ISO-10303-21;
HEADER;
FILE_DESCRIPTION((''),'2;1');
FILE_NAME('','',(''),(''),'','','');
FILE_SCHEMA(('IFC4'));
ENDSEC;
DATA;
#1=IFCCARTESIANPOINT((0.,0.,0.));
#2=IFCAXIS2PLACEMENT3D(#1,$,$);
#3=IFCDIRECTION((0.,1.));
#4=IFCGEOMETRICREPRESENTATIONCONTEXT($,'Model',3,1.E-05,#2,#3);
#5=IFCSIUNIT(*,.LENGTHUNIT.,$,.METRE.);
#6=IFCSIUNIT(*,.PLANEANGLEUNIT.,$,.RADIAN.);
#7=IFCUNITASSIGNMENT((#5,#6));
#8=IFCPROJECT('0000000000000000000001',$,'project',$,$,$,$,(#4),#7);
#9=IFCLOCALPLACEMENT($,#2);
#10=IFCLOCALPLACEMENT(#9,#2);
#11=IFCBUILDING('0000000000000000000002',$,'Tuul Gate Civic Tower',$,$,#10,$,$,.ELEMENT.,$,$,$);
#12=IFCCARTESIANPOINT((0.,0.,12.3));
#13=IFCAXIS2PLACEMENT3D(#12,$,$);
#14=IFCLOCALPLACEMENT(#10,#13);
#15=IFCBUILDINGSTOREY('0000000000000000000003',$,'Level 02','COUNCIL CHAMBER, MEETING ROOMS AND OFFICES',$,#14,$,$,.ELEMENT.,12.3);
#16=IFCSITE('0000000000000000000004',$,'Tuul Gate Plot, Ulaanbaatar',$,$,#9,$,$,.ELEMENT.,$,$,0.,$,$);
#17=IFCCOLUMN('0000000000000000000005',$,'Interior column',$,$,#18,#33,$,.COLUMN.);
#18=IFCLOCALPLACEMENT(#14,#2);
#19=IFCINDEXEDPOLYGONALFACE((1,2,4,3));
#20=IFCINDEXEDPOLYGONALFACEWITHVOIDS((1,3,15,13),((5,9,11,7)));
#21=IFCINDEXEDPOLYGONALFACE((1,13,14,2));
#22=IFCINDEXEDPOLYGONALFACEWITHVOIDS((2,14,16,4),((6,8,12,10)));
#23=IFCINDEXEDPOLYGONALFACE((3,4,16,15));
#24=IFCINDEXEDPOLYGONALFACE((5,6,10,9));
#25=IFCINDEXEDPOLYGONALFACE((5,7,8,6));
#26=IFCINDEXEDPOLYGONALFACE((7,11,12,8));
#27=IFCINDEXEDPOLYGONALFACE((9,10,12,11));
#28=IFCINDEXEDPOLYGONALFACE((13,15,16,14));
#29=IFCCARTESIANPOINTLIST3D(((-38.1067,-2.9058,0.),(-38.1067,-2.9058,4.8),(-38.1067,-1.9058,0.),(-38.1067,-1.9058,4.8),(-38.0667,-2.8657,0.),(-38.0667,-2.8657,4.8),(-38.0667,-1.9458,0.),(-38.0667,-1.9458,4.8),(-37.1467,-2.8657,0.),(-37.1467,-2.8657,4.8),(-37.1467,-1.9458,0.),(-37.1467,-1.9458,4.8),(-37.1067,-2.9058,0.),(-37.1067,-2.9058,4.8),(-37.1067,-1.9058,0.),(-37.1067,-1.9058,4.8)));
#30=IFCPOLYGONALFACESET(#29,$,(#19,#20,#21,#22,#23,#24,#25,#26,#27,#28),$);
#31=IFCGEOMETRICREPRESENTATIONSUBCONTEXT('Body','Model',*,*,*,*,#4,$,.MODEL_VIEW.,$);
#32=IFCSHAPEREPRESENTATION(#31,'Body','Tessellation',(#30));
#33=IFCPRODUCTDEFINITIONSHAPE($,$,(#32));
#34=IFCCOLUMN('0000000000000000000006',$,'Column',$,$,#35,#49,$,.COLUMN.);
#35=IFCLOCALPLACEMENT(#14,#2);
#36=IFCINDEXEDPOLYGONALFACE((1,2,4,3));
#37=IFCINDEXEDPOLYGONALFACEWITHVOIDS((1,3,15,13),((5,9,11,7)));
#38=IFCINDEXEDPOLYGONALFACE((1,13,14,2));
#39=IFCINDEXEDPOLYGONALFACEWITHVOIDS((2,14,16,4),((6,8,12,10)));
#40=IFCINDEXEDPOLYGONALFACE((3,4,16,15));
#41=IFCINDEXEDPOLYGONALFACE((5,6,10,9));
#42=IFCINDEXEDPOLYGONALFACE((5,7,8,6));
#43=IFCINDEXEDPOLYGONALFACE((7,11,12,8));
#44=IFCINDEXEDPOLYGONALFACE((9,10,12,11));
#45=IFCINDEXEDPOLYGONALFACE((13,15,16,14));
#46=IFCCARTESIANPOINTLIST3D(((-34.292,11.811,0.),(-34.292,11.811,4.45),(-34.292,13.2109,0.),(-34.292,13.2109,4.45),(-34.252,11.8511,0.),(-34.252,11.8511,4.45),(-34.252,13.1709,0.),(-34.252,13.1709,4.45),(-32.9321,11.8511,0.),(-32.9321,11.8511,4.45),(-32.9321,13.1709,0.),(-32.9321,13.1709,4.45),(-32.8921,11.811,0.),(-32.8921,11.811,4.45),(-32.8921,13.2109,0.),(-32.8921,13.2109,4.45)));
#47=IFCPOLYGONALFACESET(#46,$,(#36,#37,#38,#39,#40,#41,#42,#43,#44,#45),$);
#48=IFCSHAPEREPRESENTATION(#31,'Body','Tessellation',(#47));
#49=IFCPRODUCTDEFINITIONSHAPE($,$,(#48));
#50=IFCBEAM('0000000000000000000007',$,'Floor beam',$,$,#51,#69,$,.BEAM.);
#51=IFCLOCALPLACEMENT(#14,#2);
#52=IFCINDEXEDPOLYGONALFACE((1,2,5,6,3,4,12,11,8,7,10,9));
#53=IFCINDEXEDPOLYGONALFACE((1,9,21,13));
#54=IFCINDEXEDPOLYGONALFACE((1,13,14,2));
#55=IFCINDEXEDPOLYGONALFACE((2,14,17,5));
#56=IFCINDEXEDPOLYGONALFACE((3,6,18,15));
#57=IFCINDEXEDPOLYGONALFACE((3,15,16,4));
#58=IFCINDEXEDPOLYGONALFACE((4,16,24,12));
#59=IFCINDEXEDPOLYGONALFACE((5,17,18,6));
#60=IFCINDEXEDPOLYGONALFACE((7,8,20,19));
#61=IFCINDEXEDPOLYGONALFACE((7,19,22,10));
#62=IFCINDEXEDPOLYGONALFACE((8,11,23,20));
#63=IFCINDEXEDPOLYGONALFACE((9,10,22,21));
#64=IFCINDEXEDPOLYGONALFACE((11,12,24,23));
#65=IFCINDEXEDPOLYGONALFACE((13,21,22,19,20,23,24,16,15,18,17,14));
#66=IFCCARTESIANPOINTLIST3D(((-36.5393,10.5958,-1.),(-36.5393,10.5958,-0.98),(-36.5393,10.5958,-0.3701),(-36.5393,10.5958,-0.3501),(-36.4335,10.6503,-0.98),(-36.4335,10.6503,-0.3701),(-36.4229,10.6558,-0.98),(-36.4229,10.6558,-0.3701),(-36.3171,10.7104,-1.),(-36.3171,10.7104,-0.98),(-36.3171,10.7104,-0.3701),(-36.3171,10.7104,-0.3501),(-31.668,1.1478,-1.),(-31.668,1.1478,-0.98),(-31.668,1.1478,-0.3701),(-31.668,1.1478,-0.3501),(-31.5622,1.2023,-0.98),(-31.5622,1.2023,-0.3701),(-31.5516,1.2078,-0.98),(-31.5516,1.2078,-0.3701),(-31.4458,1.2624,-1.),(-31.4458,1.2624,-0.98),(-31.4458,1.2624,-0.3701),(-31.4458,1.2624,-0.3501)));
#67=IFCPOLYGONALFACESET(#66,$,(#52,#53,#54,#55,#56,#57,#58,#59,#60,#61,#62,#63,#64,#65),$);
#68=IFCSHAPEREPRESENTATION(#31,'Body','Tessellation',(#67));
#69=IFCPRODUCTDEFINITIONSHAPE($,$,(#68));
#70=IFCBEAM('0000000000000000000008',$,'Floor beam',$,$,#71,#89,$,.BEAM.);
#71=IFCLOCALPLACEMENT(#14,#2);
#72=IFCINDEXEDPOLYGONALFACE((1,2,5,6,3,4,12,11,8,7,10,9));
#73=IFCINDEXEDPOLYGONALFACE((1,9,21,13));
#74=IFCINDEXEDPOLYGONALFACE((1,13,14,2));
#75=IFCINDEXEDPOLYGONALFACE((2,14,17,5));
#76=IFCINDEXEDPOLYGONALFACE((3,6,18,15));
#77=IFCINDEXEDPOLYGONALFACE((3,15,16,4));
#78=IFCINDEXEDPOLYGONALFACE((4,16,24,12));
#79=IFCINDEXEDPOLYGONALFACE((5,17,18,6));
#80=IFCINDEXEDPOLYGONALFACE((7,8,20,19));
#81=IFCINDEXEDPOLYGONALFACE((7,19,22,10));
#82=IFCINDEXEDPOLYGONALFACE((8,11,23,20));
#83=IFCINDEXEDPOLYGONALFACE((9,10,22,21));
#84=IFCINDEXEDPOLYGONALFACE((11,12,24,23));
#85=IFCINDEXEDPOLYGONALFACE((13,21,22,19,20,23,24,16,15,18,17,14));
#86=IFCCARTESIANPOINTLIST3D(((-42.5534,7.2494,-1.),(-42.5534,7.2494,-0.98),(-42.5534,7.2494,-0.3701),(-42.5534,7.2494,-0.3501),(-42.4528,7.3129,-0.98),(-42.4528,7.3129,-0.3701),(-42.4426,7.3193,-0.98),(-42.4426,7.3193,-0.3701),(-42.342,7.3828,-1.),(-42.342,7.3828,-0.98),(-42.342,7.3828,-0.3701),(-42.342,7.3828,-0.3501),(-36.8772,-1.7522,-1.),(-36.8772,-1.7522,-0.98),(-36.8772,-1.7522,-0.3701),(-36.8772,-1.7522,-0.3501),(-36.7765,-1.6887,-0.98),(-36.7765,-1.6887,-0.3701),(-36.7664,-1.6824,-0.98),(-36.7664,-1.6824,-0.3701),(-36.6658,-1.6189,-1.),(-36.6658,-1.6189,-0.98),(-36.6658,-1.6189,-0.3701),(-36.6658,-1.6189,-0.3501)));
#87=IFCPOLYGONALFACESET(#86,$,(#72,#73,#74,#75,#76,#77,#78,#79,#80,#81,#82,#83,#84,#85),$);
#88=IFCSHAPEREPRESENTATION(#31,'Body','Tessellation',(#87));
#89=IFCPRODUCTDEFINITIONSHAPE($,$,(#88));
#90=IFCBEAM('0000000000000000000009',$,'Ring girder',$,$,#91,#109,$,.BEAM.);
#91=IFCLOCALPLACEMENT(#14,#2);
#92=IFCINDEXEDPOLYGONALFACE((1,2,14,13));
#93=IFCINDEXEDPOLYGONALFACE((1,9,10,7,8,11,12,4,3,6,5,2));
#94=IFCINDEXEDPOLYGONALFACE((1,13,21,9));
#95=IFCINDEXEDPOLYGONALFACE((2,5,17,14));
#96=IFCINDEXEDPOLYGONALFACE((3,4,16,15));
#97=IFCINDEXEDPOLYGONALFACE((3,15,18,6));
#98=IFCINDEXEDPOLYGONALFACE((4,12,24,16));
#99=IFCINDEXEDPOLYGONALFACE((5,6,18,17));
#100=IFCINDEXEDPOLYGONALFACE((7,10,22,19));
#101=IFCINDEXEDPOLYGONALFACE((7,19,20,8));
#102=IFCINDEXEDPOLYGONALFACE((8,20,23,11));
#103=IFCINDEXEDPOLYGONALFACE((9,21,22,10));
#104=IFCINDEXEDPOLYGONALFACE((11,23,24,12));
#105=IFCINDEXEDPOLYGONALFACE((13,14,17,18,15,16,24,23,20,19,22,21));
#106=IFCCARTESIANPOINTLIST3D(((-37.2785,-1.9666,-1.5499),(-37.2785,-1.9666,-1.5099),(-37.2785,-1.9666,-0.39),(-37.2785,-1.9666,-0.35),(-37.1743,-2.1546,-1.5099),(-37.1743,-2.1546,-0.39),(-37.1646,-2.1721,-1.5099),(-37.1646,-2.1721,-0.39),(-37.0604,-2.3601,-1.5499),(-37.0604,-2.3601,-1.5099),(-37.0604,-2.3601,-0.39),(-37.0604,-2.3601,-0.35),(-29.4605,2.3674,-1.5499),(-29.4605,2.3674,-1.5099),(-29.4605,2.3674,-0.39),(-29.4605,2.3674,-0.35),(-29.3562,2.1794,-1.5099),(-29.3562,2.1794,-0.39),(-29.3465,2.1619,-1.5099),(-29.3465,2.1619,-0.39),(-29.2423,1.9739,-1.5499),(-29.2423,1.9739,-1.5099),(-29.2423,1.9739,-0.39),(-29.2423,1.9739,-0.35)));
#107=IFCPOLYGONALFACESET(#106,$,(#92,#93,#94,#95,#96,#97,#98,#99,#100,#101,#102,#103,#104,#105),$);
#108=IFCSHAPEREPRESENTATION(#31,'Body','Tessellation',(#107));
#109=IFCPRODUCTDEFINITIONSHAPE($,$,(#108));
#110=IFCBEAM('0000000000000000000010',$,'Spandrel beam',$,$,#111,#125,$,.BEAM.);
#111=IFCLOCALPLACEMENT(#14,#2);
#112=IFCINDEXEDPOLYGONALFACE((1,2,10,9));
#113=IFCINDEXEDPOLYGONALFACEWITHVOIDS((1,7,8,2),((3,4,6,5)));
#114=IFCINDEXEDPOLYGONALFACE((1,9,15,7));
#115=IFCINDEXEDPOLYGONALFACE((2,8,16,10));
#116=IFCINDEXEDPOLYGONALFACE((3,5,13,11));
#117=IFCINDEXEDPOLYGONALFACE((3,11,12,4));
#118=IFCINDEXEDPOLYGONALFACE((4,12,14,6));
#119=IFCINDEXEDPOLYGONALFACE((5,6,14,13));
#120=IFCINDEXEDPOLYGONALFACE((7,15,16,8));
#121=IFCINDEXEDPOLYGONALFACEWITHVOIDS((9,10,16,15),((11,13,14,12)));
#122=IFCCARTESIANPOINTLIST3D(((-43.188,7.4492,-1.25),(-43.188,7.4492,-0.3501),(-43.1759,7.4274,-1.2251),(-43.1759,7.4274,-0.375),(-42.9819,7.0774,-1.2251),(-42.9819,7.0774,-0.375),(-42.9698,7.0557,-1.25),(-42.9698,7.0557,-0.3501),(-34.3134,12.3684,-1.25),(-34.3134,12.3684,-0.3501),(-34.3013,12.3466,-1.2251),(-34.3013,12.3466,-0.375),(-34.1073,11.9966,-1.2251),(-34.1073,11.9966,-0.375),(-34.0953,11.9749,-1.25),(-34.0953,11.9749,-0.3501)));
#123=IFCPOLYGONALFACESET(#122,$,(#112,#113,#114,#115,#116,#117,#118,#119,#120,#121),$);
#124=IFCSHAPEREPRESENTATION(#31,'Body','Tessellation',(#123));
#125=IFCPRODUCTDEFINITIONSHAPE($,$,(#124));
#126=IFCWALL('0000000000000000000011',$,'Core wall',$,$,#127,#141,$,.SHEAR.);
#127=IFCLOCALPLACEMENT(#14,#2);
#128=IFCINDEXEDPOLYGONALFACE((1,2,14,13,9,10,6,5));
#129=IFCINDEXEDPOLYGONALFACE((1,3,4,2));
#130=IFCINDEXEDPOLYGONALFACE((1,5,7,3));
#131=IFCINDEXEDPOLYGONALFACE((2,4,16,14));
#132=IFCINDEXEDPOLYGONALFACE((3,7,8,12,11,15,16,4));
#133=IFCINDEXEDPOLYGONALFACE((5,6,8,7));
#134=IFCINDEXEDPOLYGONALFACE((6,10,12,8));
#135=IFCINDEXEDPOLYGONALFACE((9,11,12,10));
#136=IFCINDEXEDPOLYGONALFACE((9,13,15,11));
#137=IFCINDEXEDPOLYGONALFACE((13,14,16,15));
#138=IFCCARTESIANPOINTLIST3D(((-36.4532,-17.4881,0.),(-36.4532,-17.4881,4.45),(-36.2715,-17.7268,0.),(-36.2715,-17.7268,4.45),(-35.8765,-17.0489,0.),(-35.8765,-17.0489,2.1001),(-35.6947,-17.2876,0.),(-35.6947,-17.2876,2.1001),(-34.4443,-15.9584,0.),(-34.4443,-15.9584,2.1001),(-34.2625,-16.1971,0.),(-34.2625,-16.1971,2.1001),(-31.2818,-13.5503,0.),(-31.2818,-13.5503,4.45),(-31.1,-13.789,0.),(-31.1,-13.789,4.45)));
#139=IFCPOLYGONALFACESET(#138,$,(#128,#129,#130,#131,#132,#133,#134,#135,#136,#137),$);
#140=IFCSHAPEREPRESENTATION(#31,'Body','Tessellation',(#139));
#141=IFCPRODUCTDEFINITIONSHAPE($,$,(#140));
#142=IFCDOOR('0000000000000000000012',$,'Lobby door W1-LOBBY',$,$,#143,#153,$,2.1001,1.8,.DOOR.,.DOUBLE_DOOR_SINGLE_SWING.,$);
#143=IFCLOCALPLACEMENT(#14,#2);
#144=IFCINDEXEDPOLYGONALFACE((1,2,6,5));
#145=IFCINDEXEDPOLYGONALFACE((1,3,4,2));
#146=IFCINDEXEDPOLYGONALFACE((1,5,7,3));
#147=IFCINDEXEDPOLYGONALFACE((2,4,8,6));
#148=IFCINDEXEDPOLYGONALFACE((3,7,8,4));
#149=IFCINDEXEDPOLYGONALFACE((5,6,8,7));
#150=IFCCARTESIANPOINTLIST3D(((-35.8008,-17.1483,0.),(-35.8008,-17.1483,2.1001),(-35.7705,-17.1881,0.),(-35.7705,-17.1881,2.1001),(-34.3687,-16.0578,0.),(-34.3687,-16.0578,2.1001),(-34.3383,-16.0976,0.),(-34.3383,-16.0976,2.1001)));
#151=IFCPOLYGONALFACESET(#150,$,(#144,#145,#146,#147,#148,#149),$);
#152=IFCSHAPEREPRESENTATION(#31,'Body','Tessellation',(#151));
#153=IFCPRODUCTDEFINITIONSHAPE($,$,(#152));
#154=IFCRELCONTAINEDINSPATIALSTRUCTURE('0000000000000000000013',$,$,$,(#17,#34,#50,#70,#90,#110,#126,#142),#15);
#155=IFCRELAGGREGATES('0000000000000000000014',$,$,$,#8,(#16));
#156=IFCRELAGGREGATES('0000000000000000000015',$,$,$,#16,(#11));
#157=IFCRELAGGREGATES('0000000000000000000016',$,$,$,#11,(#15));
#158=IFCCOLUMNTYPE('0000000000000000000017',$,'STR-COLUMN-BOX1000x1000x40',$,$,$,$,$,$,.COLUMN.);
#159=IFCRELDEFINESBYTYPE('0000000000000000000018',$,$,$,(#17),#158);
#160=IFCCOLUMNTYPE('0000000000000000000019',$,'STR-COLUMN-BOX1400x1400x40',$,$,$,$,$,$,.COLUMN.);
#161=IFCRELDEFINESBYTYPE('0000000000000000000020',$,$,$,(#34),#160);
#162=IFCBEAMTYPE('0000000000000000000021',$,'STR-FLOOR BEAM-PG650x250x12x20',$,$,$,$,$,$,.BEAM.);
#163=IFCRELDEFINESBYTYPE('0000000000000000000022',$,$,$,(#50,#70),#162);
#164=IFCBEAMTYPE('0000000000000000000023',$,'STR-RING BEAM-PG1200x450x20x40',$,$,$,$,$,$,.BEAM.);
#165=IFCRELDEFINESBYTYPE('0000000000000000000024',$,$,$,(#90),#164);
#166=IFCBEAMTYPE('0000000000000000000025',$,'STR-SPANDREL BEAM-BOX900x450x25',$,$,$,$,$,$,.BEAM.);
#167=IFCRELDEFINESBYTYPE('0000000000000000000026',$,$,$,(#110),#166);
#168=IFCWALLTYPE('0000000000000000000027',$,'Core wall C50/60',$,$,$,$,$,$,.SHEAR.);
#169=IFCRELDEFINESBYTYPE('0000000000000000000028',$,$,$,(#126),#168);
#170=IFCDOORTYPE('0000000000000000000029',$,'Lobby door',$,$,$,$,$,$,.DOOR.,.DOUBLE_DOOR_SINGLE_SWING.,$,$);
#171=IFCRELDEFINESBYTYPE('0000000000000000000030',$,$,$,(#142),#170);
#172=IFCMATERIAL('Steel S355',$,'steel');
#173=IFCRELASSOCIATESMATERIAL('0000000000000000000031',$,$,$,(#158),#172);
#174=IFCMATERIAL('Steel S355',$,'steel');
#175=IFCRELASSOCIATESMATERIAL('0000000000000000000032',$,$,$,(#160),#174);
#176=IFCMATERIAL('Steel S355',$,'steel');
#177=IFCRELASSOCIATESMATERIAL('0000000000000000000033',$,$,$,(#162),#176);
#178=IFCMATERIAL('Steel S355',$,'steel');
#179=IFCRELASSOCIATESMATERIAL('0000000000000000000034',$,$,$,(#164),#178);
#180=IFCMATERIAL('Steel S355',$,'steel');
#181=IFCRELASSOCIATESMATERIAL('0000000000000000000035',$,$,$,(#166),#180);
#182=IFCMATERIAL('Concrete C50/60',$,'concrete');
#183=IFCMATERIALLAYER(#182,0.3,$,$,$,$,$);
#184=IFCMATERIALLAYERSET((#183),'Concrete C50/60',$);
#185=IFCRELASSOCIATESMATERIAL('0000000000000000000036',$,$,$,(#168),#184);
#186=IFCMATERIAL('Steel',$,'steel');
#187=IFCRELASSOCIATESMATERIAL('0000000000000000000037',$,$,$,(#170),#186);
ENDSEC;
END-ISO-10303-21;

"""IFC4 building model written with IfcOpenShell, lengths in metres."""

from ifc_helpers import new_model, si_unit, direction, frame, frame_2d, origin, origin_2d, place, context, subcontext, project, spatial, rectangle, hollow_rectangle, i_section, extrude, material, layer, layer_set, material_profile, profile_set, type_object, element, fill, save


model = new_model("IFC4")

# Units and contexts
model_context = context("Model", 3, precision=1e-05, world=origin(), true_north=direction((0.0, 1.0)))
body_context = subcontext(model_context, "Body", "Model", "MODEL_VIEW")
ifc_project = project(units=[si_unit("LENGTHUNIT", "METRE"), si_unit("PLANEANGLEUNIT", "RADIAN")], contexts=[model_context])

# Site, building, storey
site_placement = place(None, origin())
site = spatial("IfcSite", under=ifc_project, at=site_placement, Name="Tuul Gate Plot, Ulaanbaatar", CompositionType="ELEMENT", RefElevation=0.0)
building_placement = place(site_placement, origin())
building = spatial("IfcBuilding", under=site, at=building_placement, Name="Tuul Gate Civic Tower", CompositionType="ELEMENT")
storey_placement = place(building_placement, frame((0.0, 0.0, 12.3)))
storey = spatial("IfcBuildingStorey", under=building, at=storey_placement, Name="Level 02", Description="COUNCIL CHAMBER, MEETING ROOMS AND OFFICES", CompositionType="ELEMENT", Elevation=12.3)

# Columns
ifc_material_1 = material(Name="Steel S355", Category="steel")
ifc_material_profile_1 = material_profile(ifc_material_1, hollow_rectangle(XDim=1.0, YDim=1.0, WallThickness=0.04, at=origin_2d()), Name="BOX1000x1000x40")
ifc_profile_set_1 = profile_set([ifc_material_profile_1], Name="Steel S355")
column_type_1 = type_object("IfcColumnType", Name="STR-COLUMN-BOX1000x1000x40", PredefinedType="COLUMN", material=ifc_profile_set_1)
column_1_placement = place(storey_placement, frame((-37.6067, -2.4058, 0.0), z_axis=(0.0, 0.0, 1.0), x_axis=(1.0, 0.0, 0.0)))
element("IfcColumn", 1, at=column_1_placement, inside=storey, type_object=column_type_1, Name="Interior column", PredefinedType="COLUMN", context=body_context, shape_type="SweptSolid", body=[
    extrude(hollow_rectangle(XDim=1.0, YDim=1.0, WallThickness=0.04, at=origin_2d()), origin(), (0.0, 0.0, 1.0), 4.8),
])
ifc_material_2 = material(Name="Steel S355", Category="steel")
ifc_material_profile_2 = material_profile(ifc_material_2, hollow_rectangle(XDim=1.3999, YDim=1.3999, WallThickness=0.04, at=origin_2d()), Name="BOX1400x1400x40")
ifc_profile_set_2 = profile_set([ifc_material_profile_2], Name="Steel S355")
column_type_2 = type_object("IfcColumnType", Name="STR-COLUMN-BOX1400x1400x40", PredefinedType="COLUMN", material=ifc_profile_set_2)
column_2_placement = place(storey_placement, frame((-33.592, 12.511, 0.0), z_axis=(0.0, 0.0, 1.0), x_axis=(1.0, 0.0, 0.0)))
element("IfcColumn", 2, at=column_2_placement, inside=storey, type_object=column_type_2, Name="Column", PredefinedType="COLUMN", context=body_context, shape_type="SweptSolid", body=[
    extrude(hollow_rectangle(XDim=1.3999, YDim=1.3999, WallThickness=0.04, at=origin_2d()), origin(), (0.0, 0.0, 1.0), 4.45),
])

# Beams
ifc_material_3 = material(Name="Steel S355", Category="steel")
ifc_material_profile_3 = material_profile(ifc_material_3, i_section(OverallWidth=0.25, OverallDepth=0.6499, WebThickness=0.012, FlangeThickness=0.02, at=origin_2d()), Name="PG650x250x12x20")
ifc_profile_set_3 = profile_set([ifc_material_profile_3], Name="Steel S355")
beam_type_1 = type_object("IfcBeamType", Name="STR-FLOOR BEAM-PG650x250x12x20", PredefinedType="BEAM", material=ifc_profile_set_3)
beam_1_placement = place(storey_placement, frame((-31.5569, 1.2051, -0.675), z_axis=(-0.458268, 0.888814, 0.0), x_axis=(-0.888814, -0.458268, 0.0)))
element("IfcBeam", 3, at=beam_1_placement, inside=storey, type_object=beam_type_1, Name="Floor beam", PredefinedType="BEAM", context=body_context, shape_type="SweptSolid", body=[
    extrude(i_section(OverallWidth=0.25, OverallDepth=0.6499, WebThickness=0.012, FlangeThickness=0.02, at=origin_2d()), origin(), (0.0, 0.0, 1.0), 10.6299),
])
beam_2_placement = place(storey_placement, frame((-36.7715, -1.6855, -0.675), z_axis=(-0.533387, 0.845871, 0.0), x_axis=(-0.845871, -0.533387, 0.0)))
element("IfcBeam", 4, at=beam_2_placement, inside=storey, type_object=beam_type_1, Name="Floor beam", PredefinedType="BEAM", context=body_context, shape_type="SweptSolid", body=[
    extrude(i_section(OverallWidth=0.25, OverallDepth=0.6499, WebThickness=0.012, FlangeThickness=0.02, at=origin_2d()), origin(), (0.0, 0.0, 1.0), 10.6418),
])
ifc_material_4 = material(Name="Steel S355", Category="steel")
ifc_material_profile_4 = material_profile(ifc_material_4, i_section(OverallWidth=0.45, OverallDepth=1.2, WebThickness=0.02, FlangeThickness=0.04, at=origin_2d()), Name="PG1200x450x20x40")
ifc_profile_set_4 = profile_set([ifc_material_profile_4], Name="Steel S355")
beam_type_2 = type_object("IfcBeamType", Name="STR-RING BEAM-PG1200x450x20x40", PredefinedType="BEAM", material=ifc_profile_set_4)
beam_3_placement = place(storey_placement, frame((-37.1694, -2.1633, -0.95), z_axis=(0.874604, 0.484838, 0.0), x_axis=(-0.484838, 0.874604, 0.0)))
element("IfcBeam", 5, at=beam_3_placement, inside=storey, type_object=beam_type_2, Name="Ring girder", PredefinedType="BEAM", context=body_context, shape_type="SweptSolid", body=[
    extrude(i_section(OverallWidth=0.45, OverallDepth=1.2, WebThickness=0.02, FlangeThickness=0.04, at=origin_2d()), origin(), (0.0, 0.0, 1.0), 8.939),
])
ifc_material_5 = material(Name="Steel S355", Category="steel")
ifc_material_profile_5 = material_profile(ifc_material_5, hollow_rectangle(XDim=0.45, YDim=0.8999, WallThickness=0.0249, at=origin_2d()), Name="BOX900x450x25")
ifc_profile_set_5 = profile_set([ifc_material_profile_5], Name="Steel S355")
beam_type_3 = type_object("IfcBeamType", Name="STR-SPANDREL BEAM-BOX900x450x25", PredefinedType="BEAM", material=ifc_profile_set_5)
beam_4_placement = place(storey_placement, frame((-34.2043, 12.1716, -0.8), z_axis=(-0.874621, -0.484807, 0.0), x_axis=(0.484807, -0.874621, 0.0)))
element("IfcBeam", 6, at=beam_4_placement, inside=storey, type_object=beam_type_3, Name="Spandrel beam", PredefinedType="BEAM", context=body_context, shape_type="SweptSolid", body=[
    extrude(hollow_rectangle(XDim=0.45, YDim=0.8999, WallThickness=0.0249, at=origin_2d()), origin(), (0.0, 0.0, 1.0), 10.1467),
])

# Wall, opening, door
ifc_material_6 = material(Name="Concrete C50/60", Category="concrete")
ifc_layer_1 = layer(ifc_material_6, 0.3)
ifc_layer_set_1 = layer_set([ifc_layer_1], Name="Concrete C50/60")
wall_type_1 = type_object("IfcWallType", Name="Core wall C50/60", PredefinedType="SHEAR", material=ifc_layer_set_1)
wall_1_placement = place(storey_placement, frame((-31.1909, -13.6697, 0.0), z_axis=(0.0, 0.0, 1.0), x_axis=(-0.795607, -0.605813, 0.0)))
wall_1 = element("IfcWall", 7, at=wall_1_placement, inside=storey, type_object=wall_type_1, Name="Core wall", PredefinedType="SHEAR", context=body_context, shape_type="SweptSolid", body=[
    extrude(rectangle(XDim=6.5, YDim=0.3, at=frame_2d((3.25, 0.0))), origin(), (0.0, 0.0, 1.0), 4.45),
])
opening_1_placement = place(wall_1_placement, frame((3.9751, 0.0, 0.0)))
opening_1 = element("IfcOpeningElement", 8, at=opening_1_placement, cuts=wall_1, PredefinedType="OPENING", context=body_context, shape_type="SweptSolid", body=[
    extrude(rectangle(XDim=1.8, YDim=2.1001, at=frame_2d((0.8999, 1.05))), frame((0.0, 0.1602, 0.0), z_axis=(0.0, -1.0, 0.0), x_axis=(1.0, 0.0, 0.0)), (0.0, 0.0, 1.0), 0.3201),
])
ifc_material_7 = material(Name="Steel", Category="steel")
door_type_1 = type_object("IfcDoorType", Name="Lobby door", OperationType="DOUBLE_DOOR_SINGLE_SWING", PredefinedType="DOOR", material=ifc_material_7)
door_1_placement = place(opening_1_placement, origin())
door_1 = element("IfcDoor", 9, at=door_1_placement, inside=storey, type_object=door_type_1, Name="Lobby door W1-LOBBY", OperationType="DOUBLE_DOOR_SINGLE_SWING", OverallHeight=2.1001, OverallWidth=1.8, PredefinedType="DOOR", context=body_context, shape_type="SweptSolid", body=[
    extrude(rectangle(XDim=1.8, YDim=2.1001, at=frame_2d((0.8999, 1.05))), frame((0.0, 0.0249, 0.0), z_axis=(0.0, -1.0, 0.0), x_axis=(1.0, 0.0, 0.0)), (0.0, 0.0, 1.0), 0.05),
])
fill(opening_1, door_1)

save(model, "model.ifc")
